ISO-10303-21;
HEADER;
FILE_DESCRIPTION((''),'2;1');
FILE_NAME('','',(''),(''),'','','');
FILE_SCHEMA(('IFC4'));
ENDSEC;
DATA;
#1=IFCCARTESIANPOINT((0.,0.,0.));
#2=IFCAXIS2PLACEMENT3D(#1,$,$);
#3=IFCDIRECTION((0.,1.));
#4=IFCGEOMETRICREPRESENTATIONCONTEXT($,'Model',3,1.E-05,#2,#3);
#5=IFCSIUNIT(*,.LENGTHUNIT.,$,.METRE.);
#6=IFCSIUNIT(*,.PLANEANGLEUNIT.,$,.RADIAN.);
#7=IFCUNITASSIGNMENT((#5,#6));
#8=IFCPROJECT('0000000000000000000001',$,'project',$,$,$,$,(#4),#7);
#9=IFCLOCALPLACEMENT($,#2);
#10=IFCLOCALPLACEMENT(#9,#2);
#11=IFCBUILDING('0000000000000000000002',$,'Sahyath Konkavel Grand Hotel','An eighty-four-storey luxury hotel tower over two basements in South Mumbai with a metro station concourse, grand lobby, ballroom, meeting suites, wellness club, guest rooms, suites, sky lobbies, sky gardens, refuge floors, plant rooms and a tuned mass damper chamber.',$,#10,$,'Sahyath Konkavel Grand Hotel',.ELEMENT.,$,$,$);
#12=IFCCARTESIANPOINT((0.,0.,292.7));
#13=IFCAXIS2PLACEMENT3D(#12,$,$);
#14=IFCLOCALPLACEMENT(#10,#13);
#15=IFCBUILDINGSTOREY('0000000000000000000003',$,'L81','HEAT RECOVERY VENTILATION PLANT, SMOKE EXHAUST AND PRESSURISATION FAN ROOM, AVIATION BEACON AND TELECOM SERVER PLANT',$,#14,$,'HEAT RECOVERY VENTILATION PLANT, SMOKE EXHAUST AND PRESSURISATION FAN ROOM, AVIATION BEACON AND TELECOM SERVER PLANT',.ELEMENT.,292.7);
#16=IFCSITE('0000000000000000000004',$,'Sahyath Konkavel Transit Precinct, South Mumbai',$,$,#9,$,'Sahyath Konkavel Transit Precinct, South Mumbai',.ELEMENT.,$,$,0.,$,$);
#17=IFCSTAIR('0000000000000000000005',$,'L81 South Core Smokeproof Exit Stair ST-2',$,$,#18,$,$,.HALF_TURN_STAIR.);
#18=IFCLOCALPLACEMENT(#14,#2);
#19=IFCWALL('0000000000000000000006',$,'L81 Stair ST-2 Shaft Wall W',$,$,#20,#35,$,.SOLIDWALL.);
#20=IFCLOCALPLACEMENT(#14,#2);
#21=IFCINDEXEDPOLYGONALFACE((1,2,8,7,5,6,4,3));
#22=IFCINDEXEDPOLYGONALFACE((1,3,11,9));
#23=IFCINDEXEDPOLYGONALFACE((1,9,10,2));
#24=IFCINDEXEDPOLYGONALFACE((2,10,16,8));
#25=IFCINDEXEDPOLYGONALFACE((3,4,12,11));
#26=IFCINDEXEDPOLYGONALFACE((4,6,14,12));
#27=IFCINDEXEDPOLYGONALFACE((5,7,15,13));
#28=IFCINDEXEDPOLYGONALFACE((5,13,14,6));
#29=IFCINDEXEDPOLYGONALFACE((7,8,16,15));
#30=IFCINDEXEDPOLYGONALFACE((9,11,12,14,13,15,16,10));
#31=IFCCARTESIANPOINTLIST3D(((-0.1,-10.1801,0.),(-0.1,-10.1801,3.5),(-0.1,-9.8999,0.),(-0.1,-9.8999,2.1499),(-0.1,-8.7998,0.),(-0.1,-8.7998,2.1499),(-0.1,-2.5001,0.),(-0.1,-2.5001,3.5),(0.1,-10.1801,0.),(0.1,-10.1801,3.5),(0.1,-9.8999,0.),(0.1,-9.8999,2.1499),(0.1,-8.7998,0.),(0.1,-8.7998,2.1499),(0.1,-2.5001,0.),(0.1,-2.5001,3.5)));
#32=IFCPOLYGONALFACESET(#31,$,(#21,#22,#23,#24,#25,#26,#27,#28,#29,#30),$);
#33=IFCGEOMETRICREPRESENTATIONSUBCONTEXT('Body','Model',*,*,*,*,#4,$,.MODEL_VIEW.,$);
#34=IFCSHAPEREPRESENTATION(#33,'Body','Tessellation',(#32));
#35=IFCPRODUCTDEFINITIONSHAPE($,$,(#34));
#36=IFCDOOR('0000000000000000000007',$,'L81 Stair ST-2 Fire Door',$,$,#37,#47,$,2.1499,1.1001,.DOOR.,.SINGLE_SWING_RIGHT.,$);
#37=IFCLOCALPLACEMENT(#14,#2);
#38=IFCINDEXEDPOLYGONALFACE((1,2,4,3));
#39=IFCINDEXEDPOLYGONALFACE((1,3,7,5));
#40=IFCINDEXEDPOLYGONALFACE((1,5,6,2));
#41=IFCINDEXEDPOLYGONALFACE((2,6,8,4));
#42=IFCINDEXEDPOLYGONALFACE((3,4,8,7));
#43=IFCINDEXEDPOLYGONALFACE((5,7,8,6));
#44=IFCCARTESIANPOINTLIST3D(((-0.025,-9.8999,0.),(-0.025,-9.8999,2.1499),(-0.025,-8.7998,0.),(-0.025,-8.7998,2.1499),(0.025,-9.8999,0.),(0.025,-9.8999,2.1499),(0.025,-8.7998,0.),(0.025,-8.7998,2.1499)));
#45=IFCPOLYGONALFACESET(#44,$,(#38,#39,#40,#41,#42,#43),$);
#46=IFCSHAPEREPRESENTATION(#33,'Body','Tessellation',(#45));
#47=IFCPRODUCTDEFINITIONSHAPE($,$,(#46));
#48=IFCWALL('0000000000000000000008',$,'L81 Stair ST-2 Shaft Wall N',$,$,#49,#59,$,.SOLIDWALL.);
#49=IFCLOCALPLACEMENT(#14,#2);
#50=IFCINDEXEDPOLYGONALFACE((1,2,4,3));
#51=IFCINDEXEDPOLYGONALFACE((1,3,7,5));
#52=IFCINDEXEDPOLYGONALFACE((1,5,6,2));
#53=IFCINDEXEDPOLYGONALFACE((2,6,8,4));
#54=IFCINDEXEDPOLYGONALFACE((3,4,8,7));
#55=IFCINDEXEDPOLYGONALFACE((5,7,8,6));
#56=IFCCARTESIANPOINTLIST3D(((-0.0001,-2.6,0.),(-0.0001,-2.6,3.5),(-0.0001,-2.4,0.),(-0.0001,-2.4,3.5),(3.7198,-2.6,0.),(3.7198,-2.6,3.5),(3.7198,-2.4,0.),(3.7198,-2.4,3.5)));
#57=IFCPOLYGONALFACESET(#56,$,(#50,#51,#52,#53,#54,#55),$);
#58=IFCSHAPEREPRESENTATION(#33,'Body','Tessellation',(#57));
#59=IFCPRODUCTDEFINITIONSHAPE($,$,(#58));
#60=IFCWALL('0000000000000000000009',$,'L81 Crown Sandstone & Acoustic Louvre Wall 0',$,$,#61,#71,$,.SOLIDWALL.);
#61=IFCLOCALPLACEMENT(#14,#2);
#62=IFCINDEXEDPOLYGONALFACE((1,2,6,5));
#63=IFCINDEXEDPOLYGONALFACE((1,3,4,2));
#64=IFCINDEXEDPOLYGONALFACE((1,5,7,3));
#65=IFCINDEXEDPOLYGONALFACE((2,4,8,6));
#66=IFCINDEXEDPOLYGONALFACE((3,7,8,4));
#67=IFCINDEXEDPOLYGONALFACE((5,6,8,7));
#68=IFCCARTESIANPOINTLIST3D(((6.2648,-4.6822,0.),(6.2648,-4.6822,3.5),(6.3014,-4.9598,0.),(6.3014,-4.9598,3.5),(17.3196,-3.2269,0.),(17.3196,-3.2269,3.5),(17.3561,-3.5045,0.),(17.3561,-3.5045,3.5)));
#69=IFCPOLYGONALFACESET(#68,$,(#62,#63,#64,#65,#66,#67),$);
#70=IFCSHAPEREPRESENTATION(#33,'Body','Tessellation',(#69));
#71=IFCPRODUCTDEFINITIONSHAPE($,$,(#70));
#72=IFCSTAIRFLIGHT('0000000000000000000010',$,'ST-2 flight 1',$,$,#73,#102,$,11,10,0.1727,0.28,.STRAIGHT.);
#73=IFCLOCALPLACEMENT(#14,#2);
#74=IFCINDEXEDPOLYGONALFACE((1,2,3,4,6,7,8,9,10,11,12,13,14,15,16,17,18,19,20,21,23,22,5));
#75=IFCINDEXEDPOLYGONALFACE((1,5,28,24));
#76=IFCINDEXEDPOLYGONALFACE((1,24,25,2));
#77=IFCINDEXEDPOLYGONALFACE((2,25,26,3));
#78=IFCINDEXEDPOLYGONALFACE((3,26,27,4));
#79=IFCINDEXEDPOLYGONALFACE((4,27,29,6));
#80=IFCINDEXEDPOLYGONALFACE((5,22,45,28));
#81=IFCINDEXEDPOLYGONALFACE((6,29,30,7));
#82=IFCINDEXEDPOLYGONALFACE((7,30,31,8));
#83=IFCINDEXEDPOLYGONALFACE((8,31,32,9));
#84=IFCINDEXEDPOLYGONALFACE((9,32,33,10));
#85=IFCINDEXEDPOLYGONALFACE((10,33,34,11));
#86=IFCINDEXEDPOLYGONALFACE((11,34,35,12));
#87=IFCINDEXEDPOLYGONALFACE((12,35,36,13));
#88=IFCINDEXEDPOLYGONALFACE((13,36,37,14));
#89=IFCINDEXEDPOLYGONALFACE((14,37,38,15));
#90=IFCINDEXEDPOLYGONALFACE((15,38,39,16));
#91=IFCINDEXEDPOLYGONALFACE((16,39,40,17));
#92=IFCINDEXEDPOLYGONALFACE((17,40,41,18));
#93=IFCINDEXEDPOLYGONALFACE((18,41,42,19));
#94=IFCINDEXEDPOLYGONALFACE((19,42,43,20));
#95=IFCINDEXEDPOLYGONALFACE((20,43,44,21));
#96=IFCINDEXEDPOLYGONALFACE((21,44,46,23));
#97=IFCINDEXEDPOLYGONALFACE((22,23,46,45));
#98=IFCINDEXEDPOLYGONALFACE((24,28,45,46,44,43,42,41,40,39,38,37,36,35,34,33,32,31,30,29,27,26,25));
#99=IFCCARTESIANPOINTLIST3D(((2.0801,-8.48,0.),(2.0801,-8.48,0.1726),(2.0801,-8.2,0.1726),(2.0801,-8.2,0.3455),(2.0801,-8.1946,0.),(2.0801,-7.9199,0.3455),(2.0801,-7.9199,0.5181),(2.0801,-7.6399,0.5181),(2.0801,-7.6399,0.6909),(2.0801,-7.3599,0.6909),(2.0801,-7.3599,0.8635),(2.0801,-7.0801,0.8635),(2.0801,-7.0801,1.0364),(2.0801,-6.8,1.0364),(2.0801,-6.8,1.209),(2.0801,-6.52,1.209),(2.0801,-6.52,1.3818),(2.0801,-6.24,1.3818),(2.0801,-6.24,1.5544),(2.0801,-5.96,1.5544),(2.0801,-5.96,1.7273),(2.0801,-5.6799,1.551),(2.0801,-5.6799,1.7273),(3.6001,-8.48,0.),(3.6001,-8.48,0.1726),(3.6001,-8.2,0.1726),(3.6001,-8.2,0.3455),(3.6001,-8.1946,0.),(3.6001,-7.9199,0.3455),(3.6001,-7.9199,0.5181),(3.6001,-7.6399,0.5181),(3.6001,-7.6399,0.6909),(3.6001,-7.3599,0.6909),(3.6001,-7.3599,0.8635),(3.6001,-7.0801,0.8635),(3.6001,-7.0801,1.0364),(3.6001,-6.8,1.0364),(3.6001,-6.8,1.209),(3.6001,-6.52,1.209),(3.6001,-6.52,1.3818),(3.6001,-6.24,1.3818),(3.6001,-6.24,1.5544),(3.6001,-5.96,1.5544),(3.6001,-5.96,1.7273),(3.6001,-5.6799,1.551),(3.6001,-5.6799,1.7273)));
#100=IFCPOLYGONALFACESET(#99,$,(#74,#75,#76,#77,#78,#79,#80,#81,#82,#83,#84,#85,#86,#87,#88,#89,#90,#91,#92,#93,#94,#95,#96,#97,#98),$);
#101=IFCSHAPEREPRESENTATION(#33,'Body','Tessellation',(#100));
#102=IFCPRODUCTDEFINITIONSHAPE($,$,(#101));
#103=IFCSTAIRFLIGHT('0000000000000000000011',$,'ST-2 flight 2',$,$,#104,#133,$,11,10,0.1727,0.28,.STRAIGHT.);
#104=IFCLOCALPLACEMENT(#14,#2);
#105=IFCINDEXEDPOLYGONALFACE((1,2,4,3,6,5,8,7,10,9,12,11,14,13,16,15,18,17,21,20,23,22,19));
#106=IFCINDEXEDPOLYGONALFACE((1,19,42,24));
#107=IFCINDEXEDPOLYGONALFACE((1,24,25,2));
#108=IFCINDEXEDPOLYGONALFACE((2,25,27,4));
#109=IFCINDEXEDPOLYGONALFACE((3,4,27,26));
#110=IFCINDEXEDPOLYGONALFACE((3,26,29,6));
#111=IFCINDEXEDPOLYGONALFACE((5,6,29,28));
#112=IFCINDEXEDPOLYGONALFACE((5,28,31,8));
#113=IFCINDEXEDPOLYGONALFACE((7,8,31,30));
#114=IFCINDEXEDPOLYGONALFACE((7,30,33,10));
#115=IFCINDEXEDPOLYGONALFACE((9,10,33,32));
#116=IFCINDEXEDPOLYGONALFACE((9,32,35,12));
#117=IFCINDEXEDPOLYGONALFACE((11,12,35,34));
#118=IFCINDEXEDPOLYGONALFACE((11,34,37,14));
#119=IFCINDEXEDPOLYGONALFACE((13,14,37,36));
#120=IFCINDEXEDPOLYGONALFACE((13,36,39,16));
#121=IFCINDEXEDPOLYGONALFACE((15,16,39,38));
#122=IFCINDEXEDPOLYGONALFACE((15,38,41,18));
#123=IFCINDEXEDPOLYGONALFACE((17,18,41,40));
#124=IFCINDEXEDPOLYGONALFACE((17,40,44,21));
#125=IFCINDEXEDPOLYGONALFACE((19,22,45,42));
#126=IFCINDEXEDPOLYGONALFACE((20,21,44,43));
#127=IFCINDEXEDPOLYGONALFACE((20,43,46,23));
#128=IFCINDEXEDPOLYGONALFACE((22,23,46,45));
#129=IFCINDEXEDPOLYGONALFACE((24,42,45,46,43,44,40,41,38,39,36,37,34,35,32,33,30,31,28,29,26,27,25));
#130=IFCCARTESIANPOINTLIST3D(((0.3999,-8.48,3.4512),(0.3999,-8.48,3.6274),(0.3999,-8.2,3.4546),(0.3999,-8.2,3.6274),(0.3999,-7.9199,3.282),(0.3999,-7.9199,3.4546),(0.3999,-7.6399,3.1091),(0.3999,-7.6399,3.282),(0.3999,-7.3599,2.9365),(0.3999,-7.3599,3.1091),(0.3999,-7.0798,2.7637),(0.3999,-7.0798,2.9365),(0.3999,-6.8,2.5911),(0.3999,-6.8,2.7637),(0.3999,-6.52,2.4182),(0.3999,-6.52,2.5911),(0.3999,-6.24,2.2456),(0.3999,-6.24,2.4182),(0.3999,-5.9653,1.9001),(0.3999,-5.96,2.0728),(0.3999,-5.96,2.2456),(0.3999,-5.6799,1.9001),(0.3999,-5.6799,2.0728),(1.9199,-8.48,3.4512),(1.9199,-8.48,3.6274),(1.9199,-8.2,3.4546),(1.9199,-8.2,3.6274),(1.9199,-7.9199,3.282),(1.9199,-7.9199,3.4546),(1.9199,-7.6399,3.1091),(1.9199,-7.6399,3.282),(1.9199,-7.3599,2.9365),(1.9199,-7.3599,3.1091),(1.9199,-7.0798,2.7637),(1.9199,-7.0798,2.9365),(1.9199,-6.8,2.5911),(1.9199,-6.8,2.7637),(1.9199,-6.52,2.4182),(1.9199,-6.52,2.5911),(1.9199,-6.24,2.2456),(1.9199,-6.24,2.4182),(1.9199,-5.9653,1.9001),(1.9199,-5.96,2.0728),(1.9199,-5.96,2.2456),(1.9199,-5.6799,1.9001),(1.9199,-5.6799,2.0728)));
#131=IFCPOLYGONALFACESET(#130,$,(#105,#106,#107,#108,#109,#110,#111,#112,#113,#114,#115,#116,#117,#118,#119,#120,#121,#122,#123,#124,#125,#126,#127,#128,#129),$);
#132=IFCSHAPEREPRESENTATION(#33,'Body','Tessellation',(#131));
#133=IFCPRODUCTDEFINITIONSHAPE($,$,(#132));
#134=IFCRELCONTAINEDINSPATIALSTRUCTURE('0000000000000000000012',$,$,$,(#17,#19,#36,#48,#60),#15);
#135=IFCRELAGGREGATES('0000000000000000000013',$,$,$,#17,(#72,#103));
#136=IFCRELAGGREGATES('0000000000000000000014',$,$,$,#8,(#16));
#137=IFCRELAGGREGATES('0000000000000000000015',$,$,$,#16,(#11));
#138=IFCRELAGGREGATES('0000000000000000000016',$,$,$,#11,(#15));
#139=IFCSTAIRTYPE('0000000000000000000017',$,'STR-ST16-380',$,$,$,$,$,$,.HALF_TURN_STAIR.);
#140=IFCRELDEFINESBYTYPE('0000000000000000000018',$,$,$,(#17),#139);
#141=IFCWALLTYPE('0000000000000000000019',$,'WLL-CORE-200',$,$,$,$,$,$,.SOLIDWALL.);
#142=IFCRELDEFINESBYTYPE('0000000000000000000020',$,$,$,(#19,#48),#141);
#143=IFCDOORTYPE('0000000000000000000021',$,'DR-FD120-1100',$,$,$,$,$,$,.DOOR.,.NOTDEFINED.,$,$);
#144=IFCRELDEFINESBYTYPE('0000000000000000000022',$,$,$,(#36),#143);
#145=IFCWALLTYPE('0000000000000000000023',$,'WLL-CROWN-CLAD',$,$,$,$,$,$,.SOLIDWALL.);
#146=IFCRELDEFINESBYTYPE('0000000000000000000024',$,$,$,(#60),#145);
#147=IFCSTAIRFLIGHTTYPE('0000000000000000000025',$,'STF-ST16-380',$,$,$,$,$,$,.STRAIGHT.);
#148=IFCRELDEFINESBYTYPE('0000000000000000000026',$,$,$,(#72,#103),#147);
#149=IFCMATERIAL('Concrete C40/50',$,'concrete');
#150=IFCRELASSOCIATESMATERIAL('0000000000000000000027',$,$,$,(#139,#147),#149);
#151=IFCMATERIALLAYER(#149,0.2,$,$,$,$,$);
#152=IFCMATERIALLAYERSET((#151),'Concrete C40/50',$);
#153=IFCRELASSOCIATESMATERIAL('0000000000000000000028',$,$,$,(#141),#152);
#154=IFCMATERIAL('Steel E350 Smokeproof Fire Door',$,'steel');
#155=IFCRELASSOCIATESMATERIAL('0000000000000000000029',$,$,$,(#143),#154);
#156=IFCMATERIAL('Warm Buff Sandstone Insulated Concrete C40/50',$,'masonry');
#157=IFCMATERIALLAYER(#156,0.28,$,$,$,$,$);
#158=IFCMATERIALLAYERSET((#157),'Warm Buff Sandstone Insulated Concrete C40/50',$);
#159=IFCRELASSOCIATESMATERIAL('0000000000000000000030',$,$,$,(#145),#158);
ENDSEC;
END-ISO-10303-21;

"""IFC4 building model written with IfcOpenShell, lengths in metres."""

from ifc_helpers import new_model, si_unit, direction, frame, frame_2d, origin, origin_2d, place, context, subcontext, project, spatial, polyline, rectangle, outline, extrude, source, transform, mapped, material, layer, layer_set, type_object, element, fill, aggregate, save


model = new_model("IFC4")

# Units and contexts
model_context = context("Model", 3, precision=1e-05, world=origin(), true_north=direction((0.0, 1.0)))
body_context = subcontext(model_context, "Body", "Model", "MODEL_VIEW")
ifc_project = project(units=[si_unit("LENGTHUNIT", "METRE"), si_unit("PLANEANGLEUNIT", "RADIAN")], contexts=[model_context])

# Site, building, storey
site_placement = place(None, origin())
site = spatial("IfcSite", under=ifc_project, at=site_placement, Name="Sahyath Konkavel Transit Precinct, South Mumbai", LongName="Sahyath Konkavel Transit Precinct, South Mumbai", CompositionType="ELEMENT", RefElevation=0.0)
building_placement = place(site_placement, origin())
building = spatial("IfcBuilding", under=site, at=building_placement, Name="Sahyath Konkavel Grand Hotel", Description="An eighty-four-storey luxury hotel tower over two basements in South Mumbai with a metro station concourse, grand lobby, ballroom, meeting suites, wellness club, guest rooms, suites, sky lobbies, sky gardens, refuge floors, plant rooms and a tuned mass damper chamber.", LongName="Sahyath Konkavel Grand Hotel", CompositionType="ELEMENT")
storey_placement = place(building_placement, frame((0.0, 0.0, 292.7)))
storey = spatial("IfcBuildingStorey", under=building, at=storey_placement, Name="L81", Description="HEAT RECOVERY VENTILATION PLANT, SMOKE EXHAUST AND PRESSURISATION FAN ROOM, AVIATION BEACON AND TELECOM SERVER PLANT", LongName="HEAT RECOVERY VENTILATION PLANT, SMOKE EXHAUST AND PRESSURISATION FAN ROOM, AVIATION BEACON AND TELECOM SERVER PLANT", CompositionType="ELEMENT", Elevation=292.7)

# Shared definitions
ifc_material_1 = material(Name="Concrete C40/50", Category="concrete")

# Stair
stair_type = type_object("IfcStairType", Name="STR-ST16-380", PredefinedType="HALF_TURN_STAIR", material=ifc_material_1)
stair_1_placement = place(storey_placement, origin())
stair_1 = element("IfcStair", 1, at=stair_1_placement, inside=storey, type_object=stair_type, Name="L81 South Core Smokeproof Exit Stair ST-2", PredefinedType="HALF_TURN_STAIR")

# Wall, opening, door
ifc_layer_1 = layer(ifc_material_1, 0.2)
ifc_layer_set_1 = layer_set([ifc_layer_1], Name="Concrete C40/50")
wall_type_1 = type_object("IfcWallType", Name="WLL-CORE-200", PredefinedType="SOLIDWALL", material=ifc_layer_set_1)
wall_1_placement = place(storey_placement, frame((0.0, -10.1799, 0.0), z_axis=(0.0, 0.0, 1.0), x_axis=(0.0, 1.0, 0.0)))
wall_1 = element("IfcWall", 2, at=wall_1_placement, inside=storey, type_object=wall_type_1, Name="L81 Stair ST-2 Shaft Wall W", PredefinedType="SOLIDWALL", context=body_context, shape_type="SweptSolid", body=[
    extrude(rectangle(XDim=7.6799, YDim=0.2, at=frame_2d((3.8398, 0.0))), origin(), (0.0, 0.0, 1.0), 3.5),
])
opening_placement = place(wall_1_placement, frame((0.28, 0.0, 0.0)))
opening = element("IfcOpeningElement", 3, at=opening_placement, cuts=wall_1, PredefinedType="OPENING", context=body_context, shape_type="SweptSolid", body=[
    extrude(rectangle(XDim=1.1001, YDim=2.1499, at=frame_2d((0.55, 1.075))), frame((0.0, 0.1099, 0.0), z_axis=(0.0, -1.0, 0.0), x_axis=(1.0, 0.0, 0.0)), (0.0, 0.0, 1.0), 0.22),
])
ifc_material_2 = material(Name="Steel E350 Smokeproof Fire Door", Category="steel")
door_type = type_object("IfcDoorType", Name="DR-FD120-1100", OperationType="NOTDEFINED", PredefinedType="DOOR", material=ifc_material_2)
shared_shape_1 = source(origin(), body_context, "Body", "SweptSolid", [
    extrude(rectangle(XDim=1.1001, YDim=0.05, at=origin_2d()), origin(), (0.0, 0.0, 1.0), 2.1499),
])
door_placement = place(opening_placement, frame((0.55, 0.0, 0.0)))
door = element("IfcDoor", 4, at=door_placement, inside=storey, type_object=door_type, Name="L81 Stair ST-2 Fire Door", OperationType="SINGLE_SWING_RIGHT", OverallHeight=2.1499, OverallWidth=1.1001, PredefinedType="DOOR", context=body_context, shape_type="MappedRepresentation", body=[
    mapped(shared_shape_1, transform((0.0, 0.0, 0.0), scale=1.0)),
])
fill(opening, door)

# Walls
wall_2_placement = place(storey_placement, frame((0.0, -2.5, 0.0), z_axis=(0.0, 0.0, 1.0), x_axis=(1.0, 0.0, 0.0)))
element("IfcWall", 5, at=wall_2_placement, inside=storey, type_object=wall_type_1, Name="L81 Stair ST-2 Shaft Wall N", PredefinedType="SOLIDWALL", context=body_context, shape_type="SweptSolid", body=[
    extrude(rectangle(XDim=3.72, YDim=0.2, at=frame_2d((1.8599, 0.0))), origin(), (0.0, 0.0, 1.0), 3.5),
])
ifc_material_3 = material(Name="Warm Buff Sandstone Insulated Concrete C40/50", Category="masonry")
ifc_layer_2 = layer(ifc_material_3, 0.28)
ifc_layer_set_2 = layer_set([ifc_layer_2], Name="Warm Buff Sandstone Insulated Concrete C40/50")
wall_type_2 = type_object("IfcWallType", Name="WLL-CROWN-CLAD", PredefinedType="SOLIDWALL", material=ifc_layer_set_2)
wall_3_placement = place(storey_placement, frame((6.283, -4.821, 0.0), z_axis=(0.0, 0.0, 1.0), x_axis=(0.991445, 0.130521, 0.0)))
element("IfcWall", 6, at=wall_3_placement, inside=storey, type_object=wall_type_2, Name="L81 Crown Sandstone & Acoustic Louvre Wall 0", PredefinedType="SOLIDWALL", context=body_context, shape_type="SweptSolid", body=[
    extrude(rectangle(XDim=11.1501, YDim=0.28, at=frame_2d((5.5752, 0.0))), origin(), (0.0, 0.0, 1.0), 3.5),
])

# Stair flights
stair_flight_type = type_object("IfcStairFlightType", Name="STF-ST16-380", PredefinedType="STRAIGHT", material=ifc_material_1)
stair_flight_1_placement = place(storey_placement, frame((2.8401, -8.48, 0.0), z_axis=(0.0, 0.0, 1.0), x_axis=(0.0, 1.0, 0.0)))
stair_flight_1 = element("IfcStairFlight", 7, at=stair_flight_1_placement, type_object=stair_flight_type, Name="ST-2 flight 1", NumberOfRisers=11, NumberOfTreads=10, PredefinedType="STRAIGHT", RiserHeight=0.1727, TreadLength=0.28, context=body_context, shape_type="SweptSolid", body=[
    extrude(outline(polyline([(0.0, 0.0), (0.0, 0.1726), (0.28, 0.1726), (0.28, 0.3455), (0.5601, 0.3455), (0.5601, 0.5181), (0.8401, 0.5181), (0.8401, 0.6909), (1.1201, 0.6909), (1.1201, 0.8635), (1.3999, 0.8635), (1.3999, 1.0364), (1.6799, 1.0364), (1.6799, 1.209), (1.96, 1.209), (1.96, 1.3818), (2.24, 1.3818), (2.24, 1.5544), (2.52, 1.5544), (2.52, 1.7273), (2.8, 1.7273), (2.8, 1.8999), (2.8, 1.551), (0.2854, 0.0), (0.0, 0.0)])), frame((0.0, 0.76, 0.0), z_axis=(0.0, -1.0, 0.0), x_axis=(1.0, 0.0, 0.0)), (0.0, 0.0, 1.0), 1.52),
])
stair_flight_2_placement = place(storey_placement, frame((1.1599, -5.6799, 1.9001), z_axis=(0.0, 0.0, 1.0), x_axis=(0.0, -1.0, 0.0)))
stair_flight_2 = element("IfcStairFlight", 8, at=stair_flight_2_placement, type_object=stair_flight_type, Name="ST-2 flight 2", NumberOfRisers=11, NumberOfTreads=10, PredefinedType="STRAIGHT", RiserHeight=0.1727, TreadLength=0.28, context=body_context, shape_type="SweptSolid", body=[
    extrude(outline(polyline([(0.0, 0.0), (0.0, 0.1726), (0.28, 0.1726), (0.28, 0.3455), (0.5601, 0.3455), (0.5601, 0.5181), (0.8401, 0.5181), (0.8401, 0.6909), (1.1201, 0.6909), (1.1201, 0.8635), (1.3999, 0.8635), (1.3999, 1.0364), (1.6799, 1.0364), (1.6799, 1.209), (1.96, 1.209), (1.96, 1.3818), (2.24, 1.3818), (2.24, 1.5544), (2.52, 1.5544), (2.52, 1.7273), (2.8, 1.7273), (2.8, 1.8999), (2.8, 1.551), (0.2854, 0.0), (0.0, 0.0)])), frame((0.0, 0.76, 0.0), z_axis=(0.0, -1.0, 0.0), x_axis=(1.0, 0.0, 0.0)), (0.0, 0.0, 1.0), 1.52),
])
aggregate(stair_1, [stair_flight_1, stair_flight_2])

save(model, "model.ifc")
